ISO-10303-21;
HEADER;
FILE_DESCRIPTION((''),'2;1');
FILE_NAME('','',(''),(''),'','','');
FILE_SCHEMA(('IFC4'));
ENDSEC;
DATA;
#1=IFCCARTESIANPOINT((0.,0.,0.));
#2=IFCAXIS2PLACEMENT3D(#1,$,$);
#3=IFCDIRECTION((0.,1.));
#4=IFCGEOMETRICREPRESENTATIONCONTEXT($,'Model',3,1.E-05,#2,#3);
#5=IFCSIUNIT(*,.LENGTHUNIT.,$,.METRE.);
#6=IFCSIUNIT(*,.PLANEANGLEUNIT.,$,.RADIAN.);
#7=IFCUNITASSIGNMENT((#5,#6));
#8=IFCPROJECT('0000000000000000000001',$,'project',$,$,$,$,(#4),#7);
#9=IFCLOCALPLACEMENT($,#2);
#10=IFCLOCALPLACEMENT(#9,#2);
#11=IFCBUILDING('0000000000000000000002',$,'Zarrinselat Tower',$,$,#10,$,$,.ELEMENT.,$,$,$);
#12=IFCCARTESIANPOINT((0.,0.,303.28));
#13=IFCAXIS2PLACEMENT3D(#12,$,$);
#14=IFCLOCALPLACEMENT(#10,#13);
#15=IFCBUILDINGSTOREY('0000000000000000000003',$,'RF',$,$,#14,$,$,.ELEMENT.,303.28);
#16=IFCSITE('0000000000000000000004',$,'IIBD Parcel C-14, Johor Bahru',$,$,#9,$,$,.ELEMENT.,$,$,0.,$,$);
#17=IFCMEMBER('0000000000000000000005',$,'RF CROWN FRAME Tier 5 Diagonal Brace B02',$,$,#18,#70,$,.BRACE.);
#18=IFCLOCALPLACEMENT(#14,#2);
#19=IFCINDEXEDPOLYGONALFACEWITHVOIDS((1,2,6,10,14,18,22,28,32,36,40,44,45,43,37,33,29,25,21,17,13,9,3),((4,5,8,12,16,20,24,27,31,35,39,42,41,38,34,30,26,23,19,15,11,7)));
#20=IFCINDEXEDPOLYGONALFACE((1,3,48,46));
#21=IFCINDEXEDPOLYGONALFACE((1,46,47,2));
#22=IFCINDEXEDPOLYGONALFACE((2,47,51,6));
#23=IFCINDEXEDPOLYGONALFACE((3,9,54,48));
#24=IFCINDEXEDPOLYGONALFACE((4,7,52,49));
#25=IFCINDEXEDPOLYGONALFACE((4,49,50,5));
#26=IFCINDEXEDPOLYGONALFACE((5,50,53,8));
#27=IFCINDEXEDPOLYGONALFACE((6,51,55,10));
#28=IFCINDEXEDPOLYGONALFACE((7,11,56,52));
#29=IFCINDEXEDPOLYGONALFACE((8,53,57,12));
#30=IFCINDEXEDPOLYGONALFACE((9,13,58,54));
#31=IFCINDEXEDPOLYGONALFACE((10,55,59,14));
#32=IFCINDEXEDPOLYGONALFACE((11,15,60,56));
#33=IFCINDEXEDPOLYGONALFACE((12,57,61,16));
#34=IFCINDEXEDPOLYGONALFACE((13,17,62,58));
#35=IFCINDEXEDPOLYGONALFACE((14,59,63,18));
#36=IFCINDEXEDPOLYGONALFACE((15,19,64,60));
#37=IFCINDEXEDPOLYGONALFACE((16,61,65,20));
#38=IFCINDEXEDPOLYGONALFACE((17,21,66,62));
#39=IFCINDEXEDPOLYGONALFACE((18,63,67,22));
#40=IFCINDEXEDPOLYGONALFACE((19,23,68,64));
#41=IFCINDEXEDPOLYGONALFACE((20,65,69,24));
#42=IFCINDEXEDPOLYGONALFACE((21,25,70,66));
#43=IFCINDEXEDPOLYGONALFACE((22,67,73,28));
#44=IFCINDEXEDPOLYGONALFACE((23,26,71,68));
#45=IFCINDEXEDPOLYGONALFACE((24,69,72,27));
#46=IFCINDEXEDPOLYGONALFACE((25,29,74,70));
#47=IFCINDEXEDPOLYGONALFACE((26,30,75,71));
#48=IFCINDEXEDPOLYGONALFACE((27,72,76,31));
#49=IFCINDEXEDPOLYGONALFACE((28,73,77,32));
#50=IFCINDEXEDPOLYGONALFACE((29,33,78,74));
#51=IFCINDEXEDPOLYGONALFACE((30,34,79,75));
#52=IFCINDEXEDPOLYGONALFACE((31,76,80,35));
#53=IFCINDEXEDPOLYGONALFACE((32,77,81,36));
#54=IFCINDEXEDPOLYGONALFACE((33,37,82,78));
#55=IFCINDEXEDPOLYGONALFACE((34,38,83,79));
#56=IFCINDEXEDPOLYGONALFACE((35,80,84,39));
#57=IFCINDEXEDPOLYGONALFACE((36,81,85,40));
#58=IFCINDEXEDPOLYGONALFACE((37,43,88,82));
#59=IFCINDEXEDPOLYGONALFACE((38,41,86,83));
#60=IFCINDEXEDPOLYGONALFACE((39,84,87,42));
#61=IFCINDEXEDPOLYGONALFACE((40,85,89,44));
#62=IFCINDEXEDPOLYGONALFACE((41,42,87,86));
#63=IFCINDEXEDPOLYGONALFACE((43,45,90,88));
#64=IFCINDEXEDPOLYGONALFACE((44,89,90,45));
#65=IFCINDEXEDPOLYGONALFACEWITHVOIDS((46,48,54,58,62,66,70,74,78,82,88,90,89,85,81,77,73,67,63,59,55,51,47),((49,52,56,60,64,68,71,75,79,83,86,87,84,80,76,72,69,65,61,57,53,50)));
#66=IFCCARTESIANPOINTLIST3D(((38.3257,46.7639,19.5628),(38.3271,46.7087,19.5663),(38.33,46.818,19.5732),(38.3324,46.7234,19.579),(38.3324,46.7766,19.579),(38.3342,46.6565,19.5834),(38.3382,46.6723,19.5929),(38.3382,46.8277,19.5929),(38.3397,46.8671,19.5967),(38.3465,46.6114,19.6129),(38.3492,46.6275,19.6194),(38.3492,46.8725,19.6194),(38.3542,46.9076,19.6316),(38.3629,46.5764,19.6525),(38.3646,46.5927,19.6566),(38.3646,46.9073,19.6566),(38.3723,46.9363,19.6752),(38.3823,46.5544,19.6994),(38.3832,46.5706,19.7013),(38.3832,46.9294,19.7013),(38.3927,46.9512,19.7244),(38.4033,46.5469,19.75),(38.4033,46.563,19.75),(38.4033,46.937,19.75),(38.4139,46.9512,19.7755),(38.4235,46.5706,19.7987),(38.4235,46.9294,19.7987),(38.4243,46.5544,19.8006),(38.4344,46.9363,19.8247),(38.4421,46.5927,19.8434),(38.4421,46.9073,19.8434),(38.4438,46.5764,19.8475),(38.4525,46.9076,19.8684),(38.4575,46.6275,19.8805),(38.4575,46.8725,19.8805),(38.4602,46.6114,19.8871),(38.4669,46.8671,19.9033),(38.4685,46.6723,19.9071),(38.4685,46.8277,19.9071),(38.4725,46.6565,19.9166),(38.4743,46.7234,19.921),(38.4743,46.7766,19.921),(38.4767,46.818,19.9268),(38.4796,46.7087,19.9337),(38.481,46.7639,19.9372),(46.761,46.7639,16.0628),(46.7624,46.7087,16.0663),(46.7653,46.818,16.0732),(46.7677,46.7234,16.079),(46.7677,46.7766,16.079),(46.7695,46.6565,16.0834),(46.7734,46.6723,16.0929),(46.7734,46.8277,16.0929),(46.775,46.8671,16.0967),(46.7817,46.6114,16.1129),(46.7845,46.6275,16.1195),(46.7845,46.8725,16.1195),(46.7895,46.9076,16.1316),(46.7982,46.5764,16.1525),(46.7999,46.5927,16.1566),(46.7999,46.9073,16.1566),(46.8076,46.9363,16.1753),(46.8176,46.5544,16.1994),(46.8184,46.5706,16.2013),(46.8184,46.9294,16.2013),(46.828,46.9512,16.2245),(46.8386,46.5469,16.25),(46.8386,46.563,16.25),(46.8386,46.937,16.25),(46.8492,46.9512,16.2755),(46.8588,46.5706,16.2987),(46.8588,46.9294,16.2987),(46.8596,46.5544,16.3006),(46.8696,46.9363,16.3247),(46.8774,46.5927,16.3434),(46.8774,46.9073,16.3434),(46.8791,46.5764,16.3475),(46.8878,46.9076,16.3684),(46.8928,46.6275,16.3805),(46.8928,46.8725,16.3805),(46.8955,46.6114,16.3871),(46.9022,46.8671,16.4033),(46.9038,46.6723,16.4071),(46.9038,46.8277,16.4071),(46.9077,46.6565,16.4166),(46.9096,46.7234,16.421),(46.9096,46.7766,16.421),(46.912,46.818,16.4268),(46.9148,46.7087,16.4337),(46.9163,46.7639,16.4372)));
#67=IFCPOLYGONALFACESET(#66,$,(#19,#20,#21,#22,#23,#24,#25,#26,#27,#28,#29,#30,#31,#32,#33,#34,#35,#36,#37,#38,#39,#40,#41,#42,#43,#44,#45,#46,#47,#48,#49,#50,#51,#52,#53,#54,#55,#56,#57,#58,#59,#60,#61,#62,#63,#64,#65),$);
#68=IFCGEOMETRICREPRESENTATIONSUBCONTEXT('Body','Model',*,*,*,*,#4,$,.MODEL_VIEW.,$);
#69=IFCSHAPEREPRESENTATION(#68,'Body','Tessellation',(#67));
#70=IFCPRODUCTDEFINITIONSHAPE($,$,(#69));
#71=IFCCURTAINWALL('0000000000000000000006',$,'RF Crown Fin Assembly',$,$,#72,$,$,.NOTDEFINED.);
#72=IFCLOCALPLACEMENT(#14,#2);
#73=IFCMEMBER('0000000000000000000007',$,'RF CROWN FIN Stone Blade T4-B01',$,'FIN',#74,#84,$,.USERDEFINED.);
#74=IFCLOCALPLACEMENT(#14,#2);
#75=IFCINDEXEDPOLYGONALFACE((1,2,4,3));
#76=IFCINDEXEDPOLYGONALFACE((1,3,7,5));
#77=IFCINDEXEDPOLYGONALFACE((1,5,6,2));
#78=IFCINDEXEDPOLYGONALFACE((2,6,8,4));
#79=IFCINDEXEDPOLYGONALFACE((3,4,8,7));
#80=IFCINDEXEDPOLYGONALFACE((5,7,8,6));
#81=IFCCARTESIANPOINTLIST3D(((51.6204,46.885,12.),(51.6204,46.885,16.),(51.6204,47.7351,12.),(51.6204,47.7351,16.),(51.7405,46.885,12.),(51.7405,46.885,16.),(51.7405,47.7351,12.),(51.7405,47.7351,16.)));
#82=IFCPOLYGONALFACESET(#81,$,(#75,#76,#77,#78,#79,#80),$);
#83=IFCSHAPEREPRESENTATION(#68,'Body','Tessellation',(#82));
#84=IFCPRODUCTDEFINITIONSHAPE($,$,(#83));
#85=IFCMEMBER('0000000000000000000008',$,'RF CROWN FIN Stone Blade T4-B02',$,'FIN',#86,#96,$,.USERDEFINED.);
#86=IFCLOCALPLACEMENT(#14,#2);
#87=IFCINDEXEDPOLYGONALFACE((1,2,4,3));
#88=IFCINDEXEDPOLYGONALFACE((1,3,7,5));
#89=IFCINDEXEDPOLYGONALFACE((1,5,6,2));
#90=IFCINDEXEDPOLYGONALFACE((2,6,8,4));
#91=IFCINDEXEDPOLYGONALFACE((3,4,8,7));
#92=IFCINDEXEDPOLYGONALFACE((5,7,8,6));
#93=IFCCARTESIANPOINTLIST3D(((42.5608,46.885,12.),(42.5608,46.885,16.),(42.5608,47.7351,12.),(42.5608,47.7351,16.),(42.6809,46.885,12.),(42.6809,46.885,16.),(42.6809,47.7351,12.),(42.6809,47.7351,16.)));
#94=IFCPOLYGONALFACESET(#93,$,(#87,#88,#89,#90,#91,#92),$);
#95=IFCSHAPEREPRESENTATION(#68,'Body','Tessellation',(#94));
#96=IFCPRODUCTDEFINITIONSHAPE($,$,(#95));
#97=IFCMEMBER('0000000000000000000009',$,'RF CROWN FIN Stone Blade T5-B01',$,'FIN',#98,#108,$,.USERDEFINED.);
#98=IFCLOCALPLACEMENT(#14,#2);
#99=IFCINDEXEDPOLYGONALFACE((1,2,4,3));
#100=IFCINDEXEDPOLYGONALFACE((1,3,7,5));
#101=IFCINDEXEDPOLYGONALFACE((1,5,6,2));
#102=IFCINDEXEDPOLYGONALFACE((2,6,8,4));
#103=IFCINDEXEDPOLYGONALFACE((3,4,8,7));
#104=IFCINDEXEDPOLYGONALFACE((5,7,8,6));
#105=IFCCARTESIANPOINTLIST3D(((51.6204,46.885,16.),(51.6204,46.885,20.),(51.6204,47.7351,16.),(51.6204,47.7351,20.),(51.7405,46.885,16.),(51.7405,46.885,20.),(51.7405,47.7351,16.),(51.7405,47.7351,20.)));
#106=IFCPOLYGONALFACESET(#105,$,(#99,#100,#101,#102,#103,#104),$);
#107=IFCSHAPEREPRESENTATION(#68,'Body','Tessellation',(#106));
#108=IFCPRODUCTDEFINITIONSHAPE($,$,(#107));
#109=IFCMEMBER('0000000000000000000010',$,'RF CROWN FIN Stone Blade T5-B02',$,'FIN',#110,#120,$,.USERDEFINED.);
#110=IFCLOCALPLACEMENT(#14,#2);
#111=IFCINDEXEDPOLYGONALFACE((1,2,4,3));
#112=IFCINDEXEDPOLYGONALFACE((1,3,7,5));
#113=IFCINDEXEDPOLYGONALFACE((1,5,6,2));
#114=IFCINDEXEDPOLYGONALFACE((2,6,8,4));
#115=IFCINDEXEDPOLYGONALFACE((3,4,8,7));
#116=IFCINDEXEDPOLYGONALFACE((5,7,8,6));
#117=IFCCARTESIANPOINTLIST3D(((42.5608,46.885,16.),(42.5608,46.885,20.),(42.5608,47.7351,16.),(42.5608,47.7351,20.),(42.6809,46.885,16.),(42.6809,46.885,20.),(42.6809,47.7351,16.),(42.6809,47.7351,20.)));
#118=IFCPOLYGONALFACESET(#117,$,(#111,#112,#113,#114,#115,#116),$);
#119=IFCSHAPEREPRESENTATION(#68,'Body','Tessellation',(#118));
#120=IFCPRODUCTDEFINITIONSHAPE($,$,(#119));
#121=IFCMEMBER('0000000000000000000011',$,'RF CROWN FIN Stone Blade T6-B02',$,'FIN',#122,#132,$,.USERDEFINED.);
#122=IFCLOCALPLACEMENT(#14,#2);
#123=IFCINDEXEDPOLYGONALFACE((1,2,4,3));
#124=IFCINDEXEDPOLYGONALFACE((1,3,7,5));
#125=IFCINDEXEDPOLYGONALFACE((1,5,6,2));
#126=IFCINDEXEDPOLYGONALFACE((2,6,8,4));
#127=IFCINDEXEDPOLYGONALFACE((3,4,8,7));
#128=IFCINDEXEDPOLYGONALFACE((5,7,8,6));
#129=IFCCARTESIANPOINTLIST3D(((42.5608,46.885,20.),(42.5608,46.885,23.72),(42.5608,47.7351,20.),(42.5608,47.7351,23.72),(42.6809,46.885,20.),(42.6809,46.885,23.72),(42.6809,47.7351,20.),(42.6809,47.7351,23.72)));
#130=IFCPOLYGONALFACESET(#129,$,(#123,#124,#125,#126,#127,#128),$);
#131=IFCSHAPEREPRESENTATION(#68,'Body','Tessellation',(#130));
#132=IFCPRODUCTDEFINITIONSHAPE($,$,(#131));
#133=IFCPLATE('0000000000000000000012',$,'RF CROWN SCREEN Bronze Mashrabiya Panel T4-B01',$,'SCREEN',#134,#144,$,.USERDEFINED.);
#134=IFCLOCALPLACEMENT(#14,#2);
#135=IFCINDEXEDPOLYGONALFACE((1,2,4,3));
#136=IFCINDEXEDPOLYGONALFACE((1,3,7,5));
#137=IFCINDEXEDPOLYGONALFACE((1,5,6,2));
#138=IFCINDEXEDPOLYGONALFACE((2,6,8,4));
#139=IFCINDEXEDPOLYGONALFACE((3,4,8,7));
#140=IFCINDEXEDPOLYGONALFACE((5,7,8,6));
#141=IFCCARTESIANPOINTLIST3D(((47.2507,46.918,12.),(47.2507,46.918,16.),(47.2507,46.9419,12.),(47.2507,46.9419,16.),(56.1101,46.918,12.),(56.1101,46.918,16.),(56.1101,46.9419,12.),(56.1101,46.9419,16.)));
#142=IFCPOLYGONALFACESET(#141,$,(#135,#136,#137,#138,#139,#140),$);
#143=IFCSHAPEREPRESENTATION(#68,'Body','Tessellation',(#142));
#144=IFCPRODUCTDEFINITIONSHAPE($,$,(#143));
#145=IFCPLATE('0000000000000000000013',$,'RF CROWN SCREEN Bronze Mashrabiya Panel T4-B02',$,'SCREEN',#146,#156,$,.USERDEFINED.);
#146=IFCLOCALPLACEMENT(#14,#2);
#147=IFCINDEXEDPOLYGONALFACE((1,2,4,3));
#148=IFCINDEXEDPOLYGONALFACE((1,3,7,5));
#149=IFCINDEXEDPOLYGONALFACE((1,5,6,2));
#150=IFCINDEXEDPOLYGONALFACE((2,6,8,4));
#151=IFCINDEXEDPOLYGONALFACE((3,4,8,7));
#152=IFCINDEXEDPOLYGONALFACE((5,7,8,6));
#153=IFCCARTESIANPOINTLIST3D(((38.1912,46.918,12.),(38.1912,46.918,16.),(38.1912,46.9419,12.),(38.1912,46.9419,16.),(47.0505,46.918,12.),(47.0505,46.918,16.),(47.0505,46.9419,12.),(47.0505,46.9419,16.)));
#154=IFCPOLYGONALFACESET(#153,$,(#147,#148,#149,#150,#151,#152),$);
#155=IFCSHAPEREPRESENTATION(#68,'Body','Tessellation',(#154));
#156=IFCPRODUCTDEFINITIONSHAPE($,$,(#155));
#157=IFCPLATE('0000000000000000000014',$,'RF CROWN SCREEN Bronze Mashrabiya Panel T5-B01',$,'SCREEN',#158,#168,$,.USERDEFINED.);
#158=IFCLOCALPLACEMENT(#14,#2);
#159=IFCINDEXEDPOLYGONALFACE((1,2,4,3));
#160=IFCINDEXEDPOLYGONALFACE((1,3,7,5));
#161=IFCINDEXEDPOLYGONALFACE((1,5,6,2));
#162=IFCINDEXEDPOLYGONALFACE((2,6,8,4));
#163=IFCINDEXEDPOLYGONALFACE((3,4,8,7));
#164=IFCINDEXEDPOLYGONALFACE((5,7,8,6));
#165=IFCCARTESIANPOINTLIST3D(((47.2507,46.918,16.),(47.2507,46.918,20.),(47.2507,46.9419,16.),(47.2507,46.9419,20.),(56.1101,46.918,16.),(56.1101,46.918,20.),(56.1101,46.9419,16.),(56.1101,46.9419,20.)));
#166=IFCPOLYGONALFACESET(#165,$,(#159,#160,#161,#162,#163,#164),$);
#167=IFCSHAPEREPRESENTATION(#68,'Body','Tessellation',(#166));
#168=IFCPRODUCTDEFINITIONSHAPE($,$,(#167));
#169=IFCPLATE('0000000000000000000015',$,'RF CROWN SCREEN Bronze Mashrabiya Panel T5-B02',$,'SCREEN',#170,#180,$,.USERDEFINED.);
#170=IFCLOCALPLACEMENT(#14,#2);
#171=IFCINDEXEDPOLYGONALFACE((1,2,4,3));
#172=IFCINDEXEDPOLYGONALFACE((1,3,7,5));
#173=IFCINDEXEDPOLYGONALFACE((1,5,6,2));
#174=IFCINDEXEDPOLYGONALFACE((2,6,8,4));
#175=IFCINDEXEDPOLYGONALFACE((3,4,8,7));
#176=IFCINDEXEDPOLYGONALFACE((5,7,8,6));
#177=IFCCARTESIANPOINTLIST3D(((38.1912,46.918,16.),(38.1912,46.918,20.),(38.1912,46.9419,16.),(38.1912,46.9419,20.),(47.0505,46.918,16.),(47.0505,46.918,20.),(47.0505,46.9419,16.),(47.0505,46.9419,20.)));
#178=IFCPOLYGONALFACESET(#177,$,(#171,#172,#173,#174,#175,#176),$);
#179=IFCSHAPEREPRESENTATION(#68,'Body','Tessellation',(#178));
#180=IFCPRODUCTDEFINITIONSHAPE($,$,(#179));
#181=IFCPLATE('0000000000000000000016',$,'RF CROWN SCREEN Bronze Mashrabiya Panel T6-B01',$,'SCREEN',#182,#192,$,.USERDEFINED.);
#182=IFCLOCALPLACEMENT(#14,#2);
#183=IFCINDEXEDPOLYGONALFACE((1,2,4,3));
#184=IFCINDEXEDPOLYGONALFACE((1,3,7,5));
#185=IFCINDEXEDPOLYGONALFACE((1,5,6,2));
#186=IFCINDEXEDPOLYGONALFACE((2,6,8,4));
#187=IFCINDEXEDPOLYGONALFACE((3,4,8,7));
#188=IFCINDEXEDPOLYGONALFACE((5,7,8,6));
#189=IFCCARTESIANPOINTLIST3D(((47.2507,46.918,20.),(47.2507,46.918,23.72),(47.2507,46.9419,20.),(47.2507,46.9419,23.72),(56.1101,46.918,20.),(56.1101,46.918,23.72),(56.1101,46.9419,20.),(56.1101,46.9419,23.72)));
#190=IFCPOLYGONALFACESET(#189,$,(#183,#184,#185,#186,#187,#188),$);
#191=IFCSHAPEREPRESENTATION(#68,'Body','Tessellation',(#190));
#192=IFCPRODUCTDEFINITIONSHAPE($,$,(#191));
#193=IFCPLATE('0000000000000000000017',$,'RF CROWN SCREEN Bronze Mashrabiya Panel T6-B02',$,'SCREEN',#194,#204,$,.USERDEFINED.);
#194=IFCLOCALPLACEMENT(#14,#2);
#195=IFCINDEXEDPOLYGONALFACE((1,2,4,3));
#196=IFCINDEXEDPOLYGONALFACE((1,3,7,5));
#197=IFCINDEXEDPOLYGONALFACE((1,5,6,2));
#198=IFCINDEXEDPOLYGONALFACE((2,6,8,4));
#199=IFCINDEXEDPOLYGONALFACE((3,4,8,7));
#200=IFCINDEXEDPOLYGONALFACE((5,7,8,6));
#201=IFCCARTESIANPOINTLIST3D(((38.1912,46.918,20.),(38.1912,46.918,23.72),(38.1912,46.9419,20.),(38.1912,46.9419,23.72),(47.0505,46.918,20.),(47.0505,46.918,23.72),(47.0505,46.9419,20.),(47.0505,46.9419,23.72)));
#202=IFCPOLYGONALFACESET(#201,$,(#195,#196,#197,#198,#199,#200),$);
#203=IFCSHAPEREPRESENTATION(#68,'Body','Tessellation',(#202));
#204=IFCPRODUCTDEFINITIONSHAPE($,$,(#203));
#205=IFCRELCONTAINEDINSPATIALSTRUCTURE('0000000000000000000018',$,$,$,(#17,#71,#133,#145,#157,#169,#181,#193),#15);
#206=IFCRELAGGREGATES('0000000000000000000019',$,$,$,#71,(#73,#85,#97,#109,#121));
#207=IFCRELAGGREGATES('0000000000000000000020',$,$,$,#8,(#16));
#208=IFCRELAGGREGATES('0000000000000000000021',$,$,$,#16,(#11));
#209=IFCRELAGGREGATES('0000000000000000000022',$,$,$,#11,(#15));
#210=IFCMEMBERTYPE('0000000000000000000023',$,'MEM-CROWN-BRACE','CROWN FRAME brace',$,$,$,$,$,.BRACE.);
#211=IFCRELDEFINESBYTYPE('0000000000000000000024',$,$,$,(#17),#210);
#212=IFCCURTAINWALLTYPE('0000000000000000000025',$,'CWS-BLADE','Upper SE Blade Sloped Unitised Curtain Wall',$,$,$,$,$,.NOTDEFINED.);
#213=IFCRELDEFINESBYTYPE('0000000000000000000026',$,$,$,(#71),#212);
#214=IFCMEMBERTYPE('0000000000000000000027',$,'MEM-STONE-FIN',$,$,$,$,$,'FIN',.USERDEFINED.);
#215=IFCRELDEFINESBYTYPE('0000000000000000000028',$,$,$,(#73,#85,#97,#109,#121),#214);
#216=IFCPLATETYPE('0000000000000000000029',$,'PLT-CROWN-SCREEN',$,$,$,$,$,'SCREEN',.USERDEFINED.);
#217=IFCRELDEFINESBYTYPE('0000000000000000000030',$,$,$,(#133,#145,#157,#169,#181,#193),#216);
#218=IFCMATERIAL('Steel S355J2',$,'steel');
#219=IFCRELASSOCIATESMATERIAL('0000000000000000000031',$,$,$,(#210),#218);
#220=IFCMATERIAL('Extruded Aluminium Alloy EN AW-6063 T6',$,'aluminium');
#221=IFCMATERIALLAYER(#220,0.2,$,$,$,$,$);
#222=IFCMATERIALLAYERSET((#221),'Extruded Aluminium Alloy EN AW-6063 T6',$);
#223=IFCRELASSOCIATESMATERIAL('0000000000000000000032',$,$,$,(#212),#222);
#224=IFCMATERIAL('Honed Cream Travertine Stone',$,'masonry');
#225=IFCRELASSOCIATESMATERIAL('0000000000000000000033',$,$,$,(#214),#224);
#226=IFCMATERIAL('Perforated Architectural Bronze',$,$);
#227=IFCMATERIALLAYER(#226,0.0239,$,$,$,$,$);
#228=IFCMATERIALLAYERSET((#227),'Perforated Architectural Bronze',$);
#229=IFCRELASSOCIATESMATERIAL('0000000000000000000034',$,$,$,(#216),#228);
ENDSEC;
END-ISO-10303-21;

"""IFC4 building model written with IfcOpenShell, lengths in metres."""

from ifc_helpers import new_model, si_unit, direction, frame, origin, origin_2d, place, context, subcontext, project, spatial, rectangle, hollow_circle, extrude, material, layer, layer_set, material_profile, profile_set, type_object, element, aggregate, save


model = new_model("IFC4")

# Units and contexts
model_context = context("Model", 3, precision=1e-05, world=origin(), true_north=direction((0.0, 1.0)))
body_context = subcontext(model_context, "Body", "Model", "MODEL_VIEW")
ifc_project = project(units=[si_unit("LENGTHUNIT", "METRE"), si_unit("PLANEANGLEUNIT", "RADIAN")], contexts=[model_context])

# Site, building, storey
site_placement = place(None, origin())
site = spatial("IfcSite", under=ifc_project, at=site_placement, Name="IIBD Parcel C-14, Johor Bahru", CompositionType="ELEMENT", RefElevation=0.0)
building_placement = place(site_placement, origin())
building = spatial("IfcBuilding", under=site, at=building_placement, Name="Zarrinselat Tower", CompositionType="ELEMENT")
storey_placement = place(building_placement, frame((0.0, 0.0, 303.28)))
storey = spatial("IfcBuildingStorey", under=building, at=storey_placement, Name="RF", CompositionType="ELEMENT", Elevation=303.28)

# Member
ifc_material_1 = material(Name="Steel S355J2", Category="steel")
ifc_material_profile_1 = material_profile(ifc_material_1, hollow_circle(Radius=0.2031, WallThickness=0.0161, at=origin_2d()), Name="CHS 406.4x16")
ifc_profile_set_1 = profile_set([ifc_material_profile_1], Name="Steel S355J2")
member_type_1 = type_object("IfcMemberType", Name="MEM-CROWN-BRACE", Description="CROWN FRAME brace", PredefinedType="BRACE", material=ifc_profile_set_1)
member_1_placement = place(storey_placement, frame((46.8386, 46.75, 16.25), z_axis=(-0.923648, 0.0, 0.383243), x_axis=(0.0, -1.0, 0.0)))
element("IfcMember", 1, at=member_1_placement, inside=storey, type_object=member_type_1, Name="RF CROWN FRAME Tier 5 Diagonal Brace B02", PredefinedType="BRACE", context=body_context, shape_type="SweptSolid", body=[
    extrude(hollow_circle(Radius=0.2031, WallThickness=0.0161, at=origin_2d()), origin(), (0.0, 0.0, 1.0), 9.1326),
])

# Curtain wall, members
ifc_material_2 = material(Name="Extruded Aluminium Alloy EN AW-6063 T6", Category="aluminium")
ifc_layer_1 = layer(ifc_material_2, 0.2)
ifc_layer_set_1 = layer_set([ifc_layer_1], Name="Extruded Aluminium Alloy EN AW-6063 T6")
curtain_wall_type = type_object("IfcCurtainWallType", Name="CWS-BLADE", Description="Upper SE Blade Sloped Unitised Curtain Wall", PredefinedType="NOTDEFINED", material=ifc_layer_set_1)
curtain_wall_placement = place(storey_placement, origin())
curtain_wall = element("IfcCurtainWall", 2, at=curtain_wall_placement, inside=storey, type_object=curtain_wall_type, Name="RF Crown Fin Assembly", PredefinedType="NOTDEFINED")
ifc_material_3 = material(Name="Honed Cream Travertine Stone", Category="masonry")
ifc_material_profile_2 = material_profile(ifc_material_3, rectangle(XDim=0.1201, YDim=0.8501, at=origin_2d()), Name="FIN 850x120")
ifc_profile_set_2 = profile_set([ifc_material_profile_2], Name="Honed Cream Travertine Stone")
member_type_2 = type_object("IfcMemberType", Name="MEM-STONE-FIN", ElementType="FIN", PredefinedType="USERDEFINED", material=ifc_profile_set_2)
member_2_placement = place(storey_placement, frame((51.6804, 47.3101, 12.0), z_axis=(0.0, 0.0, 1.0), x_axis=(1.0, 0.0, 0.0)))
member_2 = element("IfcMember", 3, at=member_2_placement, type_object=member_type_2, Name="RF CROWN FIN Stone Blade T4-B01", ObjectType="FIN", PredefinedType="USERDEFINED", context=body_context, shape_type="SweptSolid", body=[
    extrude(rectangle(XDim=0.1201, YDim=0.8501, at=origin_2d()), origin(), (0.0, 0.0, 1.0), 4.0),
])
member_3_placement = place(storey_placement, frame((42.6208, 47.3101, 12.0), z_axis=(0.0, 0.0, 1.0), x_axis=(1.0, 0.0, 0.0)))
member_3 = element("IfcMember", 4, at=member_3_placement, type_object=member_type_2, Name="RF CROWN FIN Stone Blade T4-B02", ObjectType="FIN", PredefinedType="USERDEFINED", context=body_context, shape_type="SweptSolid", body=[
    extrude(rectangle(XDim=0.1201, YDim=0.8501, at=origin_2d()), origin(), (0.0, 0.0, 1.0), 4.0),
])
member_4_placement = place(storey_placement, frame((51.6804, 47.3101, 16.0), z_axis=(0.0, 0.0, 1.0), x_axis=(1.0, 0.0, 0.0)))
member_4 = element("IfcMember", 5, at=member_4_placement, type_object=member_type_2, Name="RF CROWN FIN Stone Blade T5-B01", ObjectType="FIN", PredefinedType="USERDEFINED", context=body_context, shape_type="SweptSolid", body=[
    extrude(rectangle(XDim=0.1201, YDim=0.8501, at=origin_2d()), origin(), (0.0, 0.0, 1.0), 4.0),
])
member_5_placement = place(storey_placement, frame((42.6208, 47.3101, 16.0), z_axis=(0.0, 0.0, 1.0), x_axis=(1.0, 0.0, 0.0)))
member_5 = element("IfcMember", 6, at=member_5_placement, type_object=member_type_2, Name="RF CROWN FIN Stone Blade T5-B02", ObjectType="FIN", PredefinedType="USERDEFINED", context=body_context, shape_type="SweptSolid", body=[
    extrude(rectangle(XDim=0.1201, YDim=0.8501, at=origin_2d()), origin(), (0.0, 0.0, 1.0), 4.0),
])
member_6_placement = place(storey_placement, frame((42.6208, 47.3101, 20.0), z_axis=(0.0, 0.0, 1.0), x_axis=(1.0, 0.0, 0.0)))
member_6 = element("IfcMember", 7, at=member_6_placement, type_object=member_type_2, Name="RF CROWN FIN Stone Blade T6-B02", ObjectType="FIN", PredefinedType="USERDEFINED", context=body_context, shape_type="SweptSolid", body=[
    extrude(rectangle(XDim=0.1201, YDim=0.8501, at=origin_2d()), origin(), (0.0, 0.0, 1.0), 3.72),
])
aggregate(curtain_wall, [member_2, member_3, member_4, member_5, member_6])

# Plates
ifc_material_4 = material(Name="Perforated Architectural Bronze")
ifc_layer_2 = layer(ifc_material_4, 0.0239)
ifc_layer_set_2 = layer_set([ifc_layer_2], Name="Perforated Architectural Bronze")
plate_type_1 = type_object("IfcPlateType", Name="PLT-CROWN-SCREEN", ElementType="SCREEN", PredefinedType="USERDEFINED", material=ifc_layer_set_2)
for number, where, z_axis, x_axis, name in (
    (8, (51.6804, 46.9299, 12.0), (0.0, 0.0, 1.0), (-1.0, 0.0, 0.0), "RF CROWN SCREEN Bronze Mashrabiya Panel T4-B01"),
    (9, (42.6208, 46.9299, 12.0), (0.0, 0.0, 1.0), (-1.0, 0.0, 0.0), "RF CROWN SCREEN Bronze Mashrabiya Panel T4-B02"),
    (10, (51.6804, 46.9299, 16.0), (0.0, 0.0, 1.0), (-1.0, 0.0, 0.0), "RF CROWN SCREEN Bronze Mashrabiya Panel T5-B01"),
    (11, (42.6208, 46.9299, 16.0), (0.0, 0.0, 1.0), (-1.0, 0.0, 0.0), "RF CROWN SCREEN Bronze Mashrabiya Panel T5-B02"),
):
    element("IfcPlate", number, at=place(storey_placement, frame(where, z_axis=z_axis, x_axis=x_axis)), inside=storey, type_object=plate_type_1, Name=name, ObjectType="SCREEN", PredefinedType="USERDEFINED", context=body_context, shape_type="SweptSolid", body=[
        extrude(rectangle(XDim=8.8594, YDim=0.0239, at=origin_2d()), origin(), (0.0, 0.0, 1.0), 4.0),
    ])
for number, where, z_axis, x_axis, name in (
    (12, (51.6804, 46.9299, 20.0), (0.0, 0.0, 1.0), (-1.0, 0.0, 0.0), "RF CROWN SCREEN Bronze Mashrabiya Panel T6-B01"),
    (13, (42.6208, 46.9299, 20.0), (0.0, 0.0, 1.0), (-1.0, 0.0, 0.0), "RF CROWN SCREEN Bronze Mashrabiya Panel T6-B02"),
):
    element("IfcPlate", number, at=place(storey_placement, frame(where, z_axis=z_axis, x_axis=x_axis)), inside=storey, type_object=plate_type_1, Name=name, ObjectType="SCREEN", PredefinedType="USERDEFINED", context=body_context, shape_type="SweptSolid", body=[
        extrude(rectangle(XDim=8.8594, YDim=0.0239, at=origin_2d()), origin(), (0.0, 0.0, 1.0), 3.72),
    ])

save(model, "model.ifc")
